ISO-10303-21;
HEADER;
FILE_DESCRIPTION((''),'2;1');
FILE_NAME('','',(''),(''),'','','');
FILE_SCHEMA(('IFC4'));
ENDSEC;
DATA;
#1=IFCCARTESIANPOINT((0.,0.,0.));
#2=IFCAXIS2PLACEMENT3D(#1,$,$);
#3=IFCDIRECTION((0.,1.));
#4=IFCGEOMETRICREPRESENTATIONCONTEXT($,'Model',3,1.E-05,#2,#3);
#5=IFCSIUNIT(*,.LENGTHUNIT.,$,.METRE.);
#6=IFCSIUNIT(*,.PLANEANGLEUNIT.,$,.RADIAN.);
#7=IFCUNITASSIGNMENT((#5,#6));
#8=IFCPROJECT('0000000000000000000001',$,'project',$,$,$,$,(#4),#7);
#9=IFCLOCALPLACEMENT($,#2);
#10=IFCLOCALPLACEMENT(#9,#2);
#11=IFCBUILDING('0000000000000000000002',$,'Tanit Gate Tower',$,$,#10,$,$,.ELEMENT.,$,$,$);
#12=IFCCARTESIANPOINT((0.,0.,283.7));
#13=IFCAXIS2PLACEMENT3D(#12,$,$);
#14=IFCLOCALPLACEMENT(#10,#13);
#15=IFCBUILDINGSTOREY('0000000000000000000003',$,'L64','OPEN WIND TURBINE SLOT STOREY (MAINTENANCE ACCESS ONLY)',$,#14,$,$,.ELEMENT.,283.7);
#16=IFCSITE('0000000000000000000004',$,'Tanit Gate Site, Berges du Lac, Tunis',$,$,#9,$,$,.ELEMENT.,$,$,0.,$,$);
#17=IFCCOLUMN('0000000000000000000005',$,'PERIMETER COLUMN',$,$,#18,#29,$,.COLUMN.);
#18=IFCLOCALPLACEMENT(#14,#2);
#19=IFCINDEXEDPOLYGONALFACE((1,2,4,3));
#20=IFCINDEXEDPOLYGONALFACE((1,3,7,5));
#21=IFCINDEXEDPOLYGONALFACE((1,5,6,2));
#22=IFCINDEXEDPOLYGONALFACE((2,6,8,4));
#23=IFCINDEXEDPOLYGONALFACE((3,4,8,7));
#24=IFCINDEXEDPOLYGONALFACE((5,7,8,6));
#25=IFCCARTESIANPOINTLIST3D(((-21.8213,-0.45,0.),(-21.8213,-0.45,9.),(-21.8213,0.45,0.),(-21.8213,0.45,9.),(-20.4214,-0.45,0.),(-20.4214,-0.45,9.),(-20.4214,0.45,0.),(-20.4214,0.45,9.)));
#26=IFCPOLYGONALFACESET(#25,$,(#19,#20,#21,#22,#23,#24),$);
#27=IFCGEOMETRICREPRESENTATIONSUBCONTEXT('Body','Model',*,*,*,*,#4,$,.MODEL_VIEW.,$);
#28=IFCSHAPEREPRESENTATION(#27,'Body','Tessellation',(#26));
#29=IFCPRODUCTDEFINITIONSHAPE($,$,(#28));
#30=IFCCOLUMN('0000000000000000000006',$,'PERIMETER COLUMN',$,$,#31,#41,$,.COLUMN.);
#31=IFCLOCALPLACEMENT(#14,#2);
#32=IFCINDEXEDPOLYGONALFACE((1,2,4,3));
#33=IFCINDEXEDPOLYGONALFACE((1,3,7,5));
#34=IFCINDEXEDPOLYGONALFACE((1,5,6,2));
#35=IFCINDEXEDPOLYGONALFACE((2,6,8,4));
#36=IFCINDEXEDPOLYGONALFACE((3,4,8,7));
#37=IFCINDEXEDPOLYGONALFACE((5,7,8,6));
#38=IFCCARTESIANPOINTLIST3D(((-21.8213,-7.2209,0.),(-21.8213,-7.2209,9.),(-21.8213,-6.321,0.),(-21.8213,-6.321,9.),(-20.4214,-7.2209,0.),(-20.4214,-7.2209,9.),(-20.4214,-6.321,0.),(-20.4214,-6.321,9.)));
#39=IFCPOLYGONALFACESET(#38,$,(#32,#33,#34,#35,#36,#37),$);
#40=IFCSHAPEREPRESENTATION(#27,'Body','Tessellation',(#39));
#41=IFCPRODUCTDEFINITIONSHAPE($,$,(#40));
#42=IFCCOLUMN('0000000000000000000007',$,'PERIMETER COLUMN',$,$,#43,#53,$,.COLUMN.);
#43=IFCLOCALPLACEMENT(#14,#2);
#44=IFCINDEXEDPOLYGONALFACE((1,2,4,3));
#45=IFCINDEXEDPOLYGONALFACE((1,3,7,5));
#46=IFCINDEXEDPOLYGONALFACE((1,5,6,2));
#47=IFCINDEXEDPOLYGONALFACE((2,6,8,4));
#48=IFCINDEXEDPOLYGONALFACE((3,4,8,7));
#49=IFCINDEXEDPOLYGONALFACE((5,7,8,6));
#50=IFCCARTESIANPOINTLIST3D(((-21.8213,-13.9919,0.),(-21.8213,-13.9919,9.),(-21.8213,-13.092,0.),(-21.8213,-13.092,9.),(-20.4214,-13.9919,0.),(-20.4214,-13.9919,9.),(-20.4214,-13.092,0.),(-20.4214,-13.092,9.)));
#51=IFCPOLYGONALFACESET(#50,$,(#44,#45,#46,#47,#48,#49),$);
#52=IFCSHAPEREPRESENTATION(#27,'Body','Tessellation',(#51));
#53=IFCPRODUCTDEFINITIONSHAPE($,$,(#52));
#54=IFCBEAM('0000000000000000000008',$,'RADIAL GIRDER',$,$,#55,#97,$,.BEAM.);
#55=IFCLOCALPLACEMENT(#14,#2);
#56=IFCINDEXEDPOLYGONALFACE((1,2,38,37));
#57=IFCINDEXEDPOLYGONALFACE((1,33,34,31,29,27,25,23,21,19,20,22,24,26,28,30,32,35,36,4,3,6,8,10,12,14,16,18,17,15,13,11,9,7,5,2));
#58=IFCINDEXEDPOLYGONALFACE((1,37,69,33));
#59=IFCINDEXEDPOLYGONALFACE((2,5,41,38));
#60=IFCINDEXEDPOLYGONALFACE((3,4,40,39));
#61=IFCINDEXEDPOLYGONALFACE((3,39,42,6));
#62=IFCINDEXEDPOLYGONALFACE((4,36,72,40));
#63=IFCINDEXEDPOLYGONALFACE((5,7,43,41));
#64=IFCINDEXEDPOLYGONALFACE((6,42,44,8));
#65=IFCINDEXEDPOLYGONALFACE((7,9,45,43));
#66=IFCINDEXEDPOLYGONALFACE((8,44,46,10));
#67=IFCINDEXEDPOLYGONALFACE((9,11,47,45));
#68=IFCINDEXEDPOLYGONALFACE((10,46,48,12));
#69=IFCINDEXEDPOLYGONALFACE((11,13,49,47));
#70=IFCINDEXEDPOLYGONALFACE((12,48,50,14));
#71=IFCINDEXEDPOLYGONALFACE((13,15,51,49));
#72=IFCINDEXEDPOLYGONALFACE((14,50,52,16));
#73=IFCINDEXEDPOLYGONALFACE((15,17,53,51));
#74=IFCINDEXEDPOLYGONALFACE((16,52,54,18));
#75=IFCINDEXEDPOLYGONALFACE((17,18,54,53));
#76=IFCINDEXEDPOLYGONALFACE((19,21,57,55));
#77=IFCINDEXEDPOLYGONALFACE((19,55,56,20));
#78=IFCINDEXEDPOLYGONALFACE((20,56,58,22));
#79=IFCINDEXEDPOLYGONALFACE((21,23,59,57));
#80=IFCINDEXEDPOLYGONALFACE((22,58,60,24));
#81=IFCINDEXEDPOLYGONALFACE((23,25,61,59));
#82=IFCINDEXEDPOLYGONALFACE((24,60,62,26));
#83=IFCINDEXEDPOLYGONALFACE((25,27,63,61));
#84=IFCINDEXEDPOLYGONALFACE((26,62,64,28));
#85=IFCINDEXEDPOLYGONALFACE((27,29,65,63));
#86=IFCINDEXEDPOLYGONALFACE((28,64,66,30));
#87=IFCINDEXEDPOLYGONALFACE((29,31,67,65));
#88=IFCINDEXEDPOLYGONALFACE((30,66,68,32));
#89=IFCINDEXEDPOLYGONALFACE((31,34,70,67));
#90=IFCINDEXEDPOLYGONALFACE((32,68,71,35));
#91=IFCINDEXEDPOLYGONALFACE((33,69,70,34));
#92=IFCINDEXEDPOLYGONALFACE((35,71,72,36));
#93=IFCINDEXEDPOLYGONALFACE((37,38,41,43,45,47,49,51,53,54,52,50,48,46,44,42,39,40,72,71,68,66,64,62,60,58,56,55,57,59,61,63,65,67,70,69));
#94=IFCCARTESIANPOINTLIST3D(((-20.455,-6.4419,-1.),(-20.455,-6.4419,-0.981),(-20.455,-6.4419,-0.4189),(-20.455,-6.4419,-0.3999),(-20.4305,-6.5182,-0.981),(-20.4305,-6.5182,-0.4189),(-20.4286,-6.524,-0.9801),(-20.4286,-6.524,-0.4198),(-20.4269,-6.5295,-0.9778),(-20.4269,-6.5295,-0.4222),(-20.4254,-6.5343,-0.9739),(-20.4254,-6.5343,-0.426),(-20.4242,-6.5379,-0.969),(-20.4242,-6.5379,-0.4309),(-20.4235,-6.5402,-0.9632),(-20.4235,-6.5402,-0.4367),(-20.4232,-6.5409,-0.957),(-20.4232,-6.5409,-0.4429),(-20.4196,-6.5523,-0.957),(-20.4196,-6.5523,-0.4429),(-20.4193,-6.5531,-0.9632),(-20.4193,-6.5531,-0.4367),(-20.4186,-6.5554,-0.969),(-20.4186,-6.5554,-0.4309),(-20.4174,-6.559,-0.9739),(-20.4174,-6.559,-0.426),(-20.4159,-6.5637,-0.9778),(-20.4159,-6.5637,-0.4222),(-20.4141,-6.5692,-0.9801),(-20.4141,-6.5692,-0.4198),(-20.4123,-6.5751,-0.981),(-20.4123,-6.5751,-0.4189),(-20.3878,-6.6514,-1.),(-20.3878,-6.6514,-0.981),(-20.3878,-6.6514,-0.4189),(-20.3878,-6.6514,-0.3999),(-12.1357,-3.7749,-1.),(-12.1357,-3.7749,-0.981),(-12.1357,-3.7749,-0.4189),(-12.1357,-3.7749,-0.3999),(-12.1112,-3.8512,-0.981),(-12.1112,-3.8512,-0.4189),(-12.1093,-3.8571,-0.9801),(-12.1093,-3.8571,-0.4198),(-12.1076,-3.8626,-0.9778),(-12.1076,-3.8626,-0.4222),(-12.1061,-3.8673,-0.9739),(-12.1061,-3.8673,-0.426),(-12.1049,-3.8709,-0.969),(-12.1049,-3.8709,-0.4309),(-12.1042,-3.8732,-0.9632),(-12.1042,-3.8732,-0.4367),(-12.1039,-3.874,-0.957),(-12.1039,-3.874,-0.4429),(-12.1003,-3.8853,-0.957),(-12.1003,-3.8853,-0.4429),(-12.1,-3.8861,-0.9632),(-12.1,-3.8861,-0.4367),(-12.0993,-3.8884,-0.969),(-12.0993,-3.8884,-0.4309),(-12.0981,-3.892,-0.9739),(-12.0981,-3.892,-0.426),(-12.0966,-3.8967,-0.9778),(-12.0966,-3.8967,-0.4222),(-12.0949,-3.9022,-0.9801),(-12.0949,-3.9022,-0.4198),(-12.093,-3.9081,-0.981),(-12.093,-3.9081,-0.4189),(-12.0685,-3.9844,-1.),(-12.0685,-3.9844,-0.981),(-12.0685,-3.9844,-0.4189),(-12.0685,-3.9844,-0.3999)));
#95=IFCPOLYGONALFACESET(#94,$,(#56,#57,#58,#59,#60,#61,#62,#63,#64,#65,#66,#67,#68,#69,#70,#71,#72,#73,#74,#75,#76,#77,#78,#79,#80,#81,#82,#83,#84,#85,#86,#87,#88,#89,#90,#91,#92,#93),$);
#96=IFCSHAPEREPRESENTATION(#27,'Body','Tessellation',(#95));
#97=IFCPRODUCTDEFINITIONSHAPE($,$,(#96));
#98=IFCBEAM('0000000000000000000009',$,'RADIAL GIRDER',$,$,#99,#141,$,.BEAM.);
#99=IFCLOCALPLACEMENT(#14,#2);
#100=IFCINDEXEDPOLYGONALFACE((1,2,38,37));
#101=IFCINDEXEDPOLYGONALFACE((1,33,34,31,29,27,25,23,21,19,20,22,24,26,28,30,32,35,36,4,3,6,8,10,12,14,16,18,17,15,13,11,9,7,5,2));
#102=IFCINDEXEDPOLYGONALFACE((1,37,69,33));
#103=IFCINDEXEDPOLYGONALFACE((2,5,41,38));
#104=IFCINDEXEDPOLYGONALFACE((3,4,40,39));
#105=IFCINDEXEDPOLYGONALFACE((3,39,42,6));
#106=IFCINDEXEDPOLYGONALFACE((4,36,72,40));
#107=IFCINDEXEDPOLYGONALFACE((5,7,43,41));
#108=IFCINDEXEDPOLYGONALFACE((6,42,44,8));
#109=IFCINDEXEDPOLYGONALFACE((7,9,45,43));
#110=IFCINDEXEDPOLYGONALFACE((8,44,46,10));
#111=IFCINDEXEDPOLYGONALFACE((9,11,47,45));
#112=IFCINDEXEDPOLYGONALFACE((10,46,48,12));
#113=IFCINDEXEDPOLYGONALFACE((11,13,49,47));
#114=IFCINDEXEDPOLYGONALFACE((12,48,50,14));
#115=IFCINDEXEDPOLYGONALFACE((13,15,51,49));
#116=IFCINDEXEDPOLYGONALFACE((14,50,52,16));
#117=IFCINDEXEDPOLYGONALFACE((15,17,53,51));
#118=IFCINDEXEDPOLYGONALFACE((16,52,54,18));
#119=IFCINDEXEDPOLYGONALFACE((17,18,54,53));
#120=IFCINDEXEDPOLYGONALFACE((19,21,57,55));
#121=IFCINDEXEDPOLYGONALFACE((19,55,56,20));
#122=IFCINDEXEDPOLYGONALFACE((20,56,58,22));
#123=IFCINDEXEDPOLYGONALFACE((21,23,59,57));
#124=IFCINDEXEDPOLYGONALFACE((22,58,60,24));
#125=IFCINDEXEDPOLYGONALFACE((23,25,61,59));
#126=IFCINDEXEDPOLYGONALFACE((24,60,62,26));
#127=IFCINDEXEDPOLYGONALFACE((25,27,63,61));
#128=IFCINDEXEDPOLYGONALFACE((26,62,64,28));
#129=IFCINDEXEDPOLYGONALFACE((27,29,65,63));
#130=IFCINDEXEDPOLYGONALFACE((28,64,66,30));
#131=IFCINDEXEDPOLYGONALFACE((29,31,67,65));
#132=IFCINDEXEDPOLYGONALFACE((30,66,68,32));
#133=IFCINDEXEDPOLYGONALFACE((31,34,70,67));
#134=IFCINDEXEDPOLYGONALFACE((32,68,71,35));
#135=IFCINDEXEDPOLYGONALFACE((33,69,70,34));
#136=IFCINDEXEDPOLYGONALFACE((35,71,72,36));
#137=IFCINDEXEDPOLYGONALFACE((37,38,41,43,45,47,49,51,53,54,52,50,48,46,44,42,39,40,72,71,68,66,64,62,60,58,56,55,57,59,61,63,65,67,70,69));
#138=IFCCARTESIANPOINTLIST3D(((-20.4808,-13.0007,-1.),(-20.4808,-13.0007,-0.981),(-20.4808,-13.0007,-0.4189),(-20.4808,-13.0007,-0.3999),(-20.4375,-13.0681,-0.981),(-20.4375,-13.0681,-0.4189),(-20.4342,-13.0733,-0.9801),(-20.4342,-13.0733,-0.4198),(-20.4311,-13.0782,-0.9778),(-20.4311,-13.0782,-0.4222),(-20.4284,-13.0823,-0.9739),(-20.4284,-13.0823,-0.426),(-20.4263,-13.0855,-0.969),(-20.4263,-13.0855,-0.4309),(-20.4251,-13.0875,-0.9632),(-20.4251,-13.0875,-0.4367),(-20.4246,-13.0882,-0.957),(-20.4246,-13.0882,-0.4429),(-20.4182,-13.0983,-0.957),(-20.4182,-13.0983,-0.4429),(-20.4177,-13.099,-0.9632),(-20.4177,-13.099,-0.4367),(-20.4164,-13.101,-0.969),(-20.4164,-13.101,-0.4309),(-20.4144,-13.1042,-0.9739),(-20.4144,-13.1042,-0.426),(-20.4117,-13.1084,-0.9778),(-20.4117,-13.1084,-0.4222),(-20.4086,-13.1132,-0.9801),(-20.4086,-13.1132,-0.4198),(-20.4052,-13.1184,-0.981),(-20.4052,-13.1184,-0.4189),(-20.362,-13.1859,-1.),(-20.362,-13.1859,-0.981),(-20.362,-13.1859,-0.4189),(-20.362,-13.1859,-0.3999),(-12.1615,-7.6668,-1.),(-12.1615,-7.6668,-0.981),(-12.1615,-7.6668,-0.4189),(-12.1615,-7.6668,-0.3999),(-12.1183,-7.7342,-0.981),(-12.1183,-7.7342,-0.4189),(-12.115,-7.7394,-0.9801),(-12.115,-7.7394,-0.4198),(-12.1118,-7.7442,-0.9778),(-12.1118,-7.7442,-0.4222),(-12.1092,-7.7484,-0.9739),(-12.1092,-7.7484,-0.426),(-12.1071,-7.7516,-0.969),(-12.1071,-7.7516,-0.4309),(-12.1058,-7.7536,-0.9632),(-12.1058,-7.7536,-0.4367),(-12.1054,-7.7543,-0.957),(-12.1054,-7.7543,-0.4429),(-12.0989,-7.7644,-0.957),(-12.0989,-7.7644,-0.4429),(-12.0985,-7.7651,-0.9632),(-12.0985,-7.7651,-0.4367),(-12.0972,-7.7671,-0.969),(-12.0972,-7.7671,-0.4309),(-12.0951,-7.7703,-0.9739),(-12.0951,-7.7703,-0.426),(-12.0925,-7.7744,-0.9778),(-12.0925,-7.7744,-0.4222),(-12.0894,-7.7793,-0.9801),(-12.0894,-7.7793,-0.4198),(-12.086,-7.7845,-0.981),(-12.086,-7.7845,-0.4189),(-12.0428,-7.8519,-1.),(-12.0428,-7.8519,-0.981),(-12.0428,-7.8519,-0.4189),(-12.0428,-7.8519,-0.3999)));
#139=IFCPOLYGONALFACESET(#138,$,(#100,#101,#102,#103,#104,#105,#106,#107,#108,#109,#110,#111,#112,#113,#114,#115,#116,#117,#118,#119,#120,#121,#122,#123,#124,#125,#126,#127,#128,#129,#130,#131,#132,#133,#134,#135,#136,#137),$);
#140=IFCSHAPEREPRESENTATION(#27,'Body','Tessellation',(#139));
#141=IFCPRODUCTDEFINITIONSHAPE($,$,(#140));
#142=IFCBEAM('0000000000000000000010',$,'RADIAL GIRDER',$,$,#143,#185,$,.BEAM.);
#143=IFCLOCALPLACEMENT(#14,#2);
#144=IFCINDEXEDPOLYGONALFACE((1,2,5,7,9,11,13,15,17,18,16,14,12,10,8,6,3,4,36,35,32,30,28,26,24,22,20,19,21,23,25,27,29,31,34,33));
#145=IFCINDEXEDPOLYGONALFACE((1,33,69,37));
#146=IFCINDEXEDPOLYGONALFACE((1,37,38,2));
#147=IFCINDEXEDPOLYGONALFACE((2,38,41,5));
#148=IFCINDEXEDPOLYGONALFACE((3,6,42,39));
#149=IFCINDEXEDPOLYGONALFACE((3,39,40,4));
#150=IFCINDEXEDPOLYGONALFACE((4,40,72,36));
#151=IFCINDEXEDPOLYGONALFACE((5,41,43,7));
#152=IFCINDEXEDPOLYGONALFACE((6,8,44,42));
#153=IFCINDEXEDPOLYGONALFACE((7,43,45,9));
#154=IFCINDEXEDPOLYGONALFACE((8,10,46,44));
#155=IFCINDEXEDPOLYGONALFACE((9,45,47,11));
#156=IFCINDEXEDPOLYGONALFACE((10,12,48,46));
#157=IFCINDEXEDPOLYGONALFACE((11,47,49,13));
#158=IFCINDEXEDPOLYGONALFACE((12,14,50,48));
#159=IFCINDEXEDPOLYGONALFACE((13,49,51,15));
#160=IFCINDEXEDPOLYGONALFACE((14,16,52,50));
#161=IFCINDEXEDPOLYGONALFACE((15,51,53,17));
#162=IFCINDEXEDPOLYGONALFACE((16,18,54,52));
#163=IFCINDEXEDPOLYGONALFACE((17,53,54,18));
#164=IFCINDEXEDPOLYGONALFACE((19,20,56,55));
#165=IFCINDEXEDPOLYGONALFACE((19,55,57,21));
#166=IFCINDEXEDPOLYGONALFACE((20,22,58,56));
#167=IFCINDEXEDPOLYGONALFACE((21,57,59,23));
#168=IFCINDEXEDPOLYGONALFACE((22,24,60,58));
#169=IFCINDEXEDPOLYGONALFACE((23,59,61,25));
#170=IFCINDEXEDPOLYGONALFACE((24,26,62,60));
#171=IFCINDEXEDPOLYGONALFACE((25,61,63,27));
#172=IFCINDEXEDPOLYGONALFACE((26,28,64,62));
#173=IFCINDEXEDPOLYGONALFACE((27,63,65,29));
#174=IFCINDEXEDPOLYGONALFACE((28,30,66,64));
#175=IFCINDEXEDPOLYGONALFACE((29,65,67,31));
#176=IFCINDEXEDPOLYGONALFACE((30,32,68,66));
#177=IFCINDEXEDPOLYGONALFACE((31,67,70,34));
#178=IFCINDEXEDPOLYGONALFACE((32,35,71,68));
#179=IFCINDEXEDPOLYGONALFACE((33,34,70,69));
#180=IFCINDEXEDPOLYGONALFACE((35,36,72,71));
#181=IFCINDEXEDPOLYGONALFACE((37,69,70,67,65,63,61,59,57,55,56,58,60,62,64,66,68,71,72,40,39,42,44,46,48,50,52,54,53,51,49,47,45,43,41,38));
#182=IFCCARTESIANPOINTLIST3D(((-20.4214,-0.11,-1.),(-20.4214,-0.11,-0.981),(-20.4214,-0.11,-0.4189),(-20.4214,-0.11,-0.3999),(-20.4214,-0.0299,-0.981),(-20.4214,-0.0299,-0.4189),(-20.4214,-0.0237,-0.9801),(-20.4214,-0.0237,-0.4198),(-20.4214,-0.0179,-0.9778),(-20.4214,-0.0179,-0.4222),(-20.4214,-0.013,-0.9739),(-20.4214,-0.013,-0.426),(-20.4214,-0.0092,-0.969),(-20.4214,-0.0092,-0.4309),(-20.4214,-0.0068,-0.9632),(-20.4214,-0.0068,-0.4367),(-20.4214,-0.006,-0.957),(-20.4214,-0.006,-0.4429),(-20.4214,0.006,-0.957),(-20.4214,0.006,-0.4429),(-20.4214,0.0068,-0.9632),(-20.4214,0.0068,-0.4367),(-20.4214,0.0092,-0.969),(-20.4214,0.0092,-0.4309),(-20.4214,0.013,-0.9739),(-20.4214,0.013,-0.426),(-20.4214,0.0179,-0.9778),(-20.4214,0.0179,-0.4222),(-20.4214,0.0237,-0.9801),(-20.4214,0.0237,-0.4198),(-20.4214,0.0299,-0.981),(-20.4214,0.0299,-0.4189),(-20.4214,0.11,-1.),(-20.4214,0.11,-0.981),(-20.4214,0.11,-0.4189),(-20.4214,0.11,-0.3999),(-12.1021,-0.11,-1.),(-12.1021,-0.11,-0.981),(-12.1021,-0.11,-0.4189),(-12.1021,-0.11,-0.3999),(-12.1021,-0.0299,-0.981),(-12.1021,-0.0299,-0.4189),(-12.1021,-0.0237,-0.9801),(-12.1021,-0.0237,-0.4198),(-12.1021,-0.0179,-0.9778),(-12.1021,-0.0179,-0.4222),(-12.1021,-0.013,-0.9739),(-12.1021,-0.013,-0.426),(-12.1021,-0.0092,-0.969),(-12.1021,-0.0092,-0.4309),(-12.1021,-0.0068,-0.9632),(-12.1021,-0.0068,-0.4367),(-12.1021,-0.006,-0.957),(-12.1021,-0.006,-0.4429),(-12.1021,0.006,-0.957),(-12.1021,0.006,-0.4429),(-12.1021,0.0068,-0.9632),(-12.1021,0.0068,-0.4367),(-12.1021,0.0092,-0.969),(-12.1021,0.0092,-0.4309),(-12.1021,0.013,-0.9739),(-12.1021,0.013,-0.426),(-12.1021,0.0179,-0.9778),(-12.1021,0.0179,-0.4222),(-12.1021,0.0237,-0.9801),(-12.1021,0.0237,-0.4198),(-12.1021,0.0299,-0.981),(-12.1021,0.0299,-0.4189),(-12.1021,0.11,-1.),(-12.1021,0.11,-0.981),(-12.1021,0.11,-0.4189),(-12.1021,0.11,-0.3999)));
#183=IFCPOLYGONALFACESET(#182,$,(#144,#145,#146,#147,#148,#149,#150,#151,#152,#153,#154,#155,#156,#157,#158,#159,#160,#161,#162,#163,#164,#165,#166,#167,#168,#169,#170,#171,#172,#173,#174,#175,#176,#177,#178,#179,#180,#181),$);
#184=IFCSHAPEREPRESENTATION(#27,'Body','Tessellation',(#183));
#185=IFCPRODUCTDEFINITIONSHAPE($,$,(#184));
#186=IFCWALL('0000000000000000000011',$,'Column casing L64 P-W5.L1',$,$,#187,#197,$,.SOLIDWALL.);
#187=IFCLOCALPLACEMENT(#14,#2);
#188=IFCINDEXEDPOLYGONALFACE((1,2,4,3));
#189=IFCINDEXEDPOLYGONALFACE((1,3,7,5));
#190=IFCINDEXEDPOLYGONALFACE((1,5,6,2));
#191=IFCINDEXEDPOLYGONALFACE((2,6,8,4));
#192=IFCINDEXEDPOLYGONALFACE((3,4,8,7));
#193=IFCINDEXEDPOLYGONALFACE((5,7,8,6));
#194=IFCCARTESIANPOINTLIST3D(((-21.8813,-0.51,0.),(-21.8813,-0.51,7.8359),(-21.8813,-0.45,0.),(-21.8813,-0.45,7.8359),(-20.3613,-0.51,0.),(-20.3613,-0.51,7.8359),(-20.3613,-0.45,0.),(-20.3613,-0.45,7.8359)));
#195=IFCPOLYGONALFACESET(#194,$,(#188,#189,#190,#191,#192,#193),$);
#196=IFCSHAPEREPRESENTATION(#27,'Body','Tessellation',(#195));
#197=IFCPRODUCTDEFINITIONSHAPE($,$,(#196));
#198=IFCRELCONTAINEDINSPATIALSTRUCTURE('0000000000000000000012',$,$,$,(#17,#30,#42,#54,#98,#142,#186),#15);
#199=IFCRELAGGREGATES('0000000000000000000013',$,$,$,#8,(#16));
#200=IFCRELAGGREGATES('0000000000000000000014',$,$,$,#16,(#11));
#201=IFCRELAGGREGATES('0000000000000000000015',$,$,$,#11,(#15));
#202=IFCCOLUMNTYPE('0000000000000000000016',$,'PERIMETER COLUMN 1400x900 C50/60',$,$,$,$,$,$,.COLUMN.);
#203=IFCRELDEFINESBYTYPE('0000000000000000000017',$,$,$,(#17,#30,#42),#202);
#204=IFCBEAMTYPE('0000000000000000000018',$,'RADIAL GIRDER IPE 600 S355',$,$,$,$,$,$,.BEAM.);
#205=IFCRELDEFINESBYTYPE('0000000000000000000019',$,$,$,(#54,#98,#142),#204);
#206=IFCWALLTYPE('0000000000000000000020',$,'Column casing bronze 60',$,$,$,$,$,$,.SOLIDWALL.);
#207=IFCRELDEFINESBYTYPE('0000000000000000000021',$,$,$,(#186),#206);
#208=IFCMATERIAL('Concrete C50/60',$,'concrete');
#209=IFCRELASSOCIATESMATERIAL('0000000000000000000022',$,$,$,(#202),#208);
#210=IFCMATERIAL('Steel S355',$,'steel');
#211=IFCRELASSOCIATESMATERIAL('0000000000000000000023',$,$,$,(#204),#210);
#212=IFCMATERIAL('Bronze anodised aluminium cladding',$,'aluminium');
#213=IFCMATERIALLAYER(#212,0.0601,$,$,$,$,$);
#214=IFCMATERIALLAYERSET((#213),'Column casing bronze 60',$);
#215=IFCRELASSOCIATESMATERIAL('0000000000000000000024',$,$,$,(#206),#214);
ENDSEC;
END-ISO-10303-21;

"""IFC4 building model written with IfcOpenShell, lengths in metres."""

from ifc_helpers import new_model, si_unit, direction, frame, frame_2d, origin, origin_2d, place, context, subcontext, project, spatial, rectangle, i_section, extrude, material, layer, layer_set, material_profile, profile_set, type_object, element, save


model = new_model("IFC4")

# Units and contexts
model_context = context("Model", 3, precision=1e-05, world=origin(), true_north=direction((0.0, 1.0)))
body_context = subcontext(model_context, "Body", "Model", "MODEL_VIEW")
ifc_project = project(units=[si_unit("LENGTHUNIT", "METRE"), si_unit("PLANEANGLEUNIT", "RADIAN")], contexts=[model_context])

# Site, building, storey
site_placement = place(None, origin())
site = spatial("IfcSite", under=ifc_project, at=site_placement, Name="Tanit Gate Site, Berges du Lac, Tunis", CompositionType="ELEMENT", RefElevation=0.0)
building_placement = place(site_placement, origin())
building = spatial("IfcBuilding", under=site, at=building_placement, Name="Tanit Gate Tower", CompositionType="ELEMENT")
storey_placement = place(building_placement, frame((0.0, 0.0, 283.7)))
storey = spatial("IfcBuildingStorey", under=building, at=storey_placement, Name="L64", Description="OPEN WIND TURBINE SLOT STOREY (MAINTENANCE ACCESS ONLY)", CompositionType="ELEMENT", Elevation=283.7)

# Columns
ifc_material_1 = material(Name="Concrete C50/60", Category="concrete")
ifc_material_profile_1 = material_profile(ifc_material_1, rectangle(XDim=1.3999, YDim=0.8999, at=origin_2d()), Name="RC 1400x900")
ifc_profile_set_1 = profile_set([ifc_material_profile_1], Name="Concrete C50/60")
column_type = type_object("IfcColumnType", Name="PERIMETER COLUMN 1400x900 C50/60", PredefinedType="COLUMN", material=ifc_profile_set_1)
for number, where, z_axis, x_axis, name in (
    (1, (-21.1213, 0.0, 0.0), (0.0, 0.0, 1.0), (-1.0, 0.0, 0.0), "PERIMETER COLUMN"),
    (2, (-21.1213, -6.771, 0.0), (0.0, 0.0, 1.0), (-1.0, 0.0, 0.0), "PERIMETER COLUMN"),
    (3, (-21.1213, -13.542, 0.0), (0.0, 0.0, 1.0), (-1.0, 0.0, 0.0), "PERIMETER COLUMN"),
):
    element("IfcColumn", number, at=place(storey_placement, frame(where, z_axis=z_axis, x_axis=x_axis)), inside=storey, type_object=column_type, Name=name, PredefinedType="COLUMN", context=body_context, shape_type="SweptSolid", body=[
        extrude(rectangle(XDim=1.3999, YDim=0.8999, at=origin_2d()), origin(), (0.0, 0.0, 1.0), 9.0),
    ])

# Beams
ifc_material_2 = material(Name="Steel S355", Category="steel")
ifc_material_profile_2 = material_profile(ifc_material_2, i_section(OverallWidth=0.22, OverallDepth=0.6001, WebThickness=0.012, FlangeThickness=0.019, FilletRadius=0.0239, at=origin_2d()), Name="IPE 600")
ifc_profile_set_2 = profile_set([ifc_material_profile_2], Name="Steel S355")
beam_type = type_object("IfcBeamType", Name="RADIAL GIRDER IPE 600 S355", PredefinedType="BEAM", material=ifc_profile_set_2)
beam_1_placement = place(storey_placement, frame((-20.4214, -6.5466, -0.7), z_axis=(0.952264, 0.305275, 0.0), x_axis=(-0.305275, 0.952264, 0.0)))
element("IfcBeam", 4, at=beam_1_placement, inside=storey, type_object=beam_type, Name="RADIAL GIRDER", PredefinedType="BEAM", context=body_context, shape_type="SweptSolid", body=[
    extrude(i_section(OverallWidth=0.22, OverallDepth=0.6001, WebThickness=0.012, FlangeThickness=0.019, FilletRadius=0.0239, at=origin_2d()), origin(), (0.0, 0.0, 1.0), 8.7363),
])
beam_2_placement = place(storey_placement, frame((-20.4214, -13.0933, -0.7), z_axis=(0.84183, 0.539743, 0.0), x_axis=(-0.539743, 0.84183, 0.0)))
element("IfcBeam", 5, at=beam_2_placement, inside=storey, type_object=beam_type, Name="RADIAL GIRDER", PredefinedType="BEAM", context=body_context, shape_type="SweptSolid", body=[
    extrude(i_section(OverallWidth=0.22, OverallDepth=0.6001, WebThickness=0.012, FlangeThickness=0.019, FilletRadius=0.0239, at=origin_2d()), origin(), (0.0, 0.0, 1.0), 9.8823),
])
beam_3_placement = place(storey_placement, frame((-20.4214, 0.0, -0.7), z_axis=(1.0, 0.0, 0.0), x_axis=(0.0, 1.0, 0.0)))
element("IfcBeam", 6, at=beam_3_placement, inside=storey, type_object=beam_type, Name="RADIAL GIRDER", PredefinedType="BEAM", context=body_context, shape_type="SweptSolid", body=[
    extrude(i_section(OverallWidth=0.22, OverallDepth=0.6001, WebThickness=0.012, FlangeThickness=0.019, FilletRadius=0.0239, at=origin_2d()), origin(), (0.0, 0.0, 1.0), 8.3193),
])

# Wall
ifc_material_3 = material(Name="Bronze anodised aluminium cladding", Category="aluminium")
ifc_layer_1 = layer(ifc_material_3, 0.0601)
ifc_layer_set_1 = layer_set([ifc_layer_1], Name="Column casing bronze 60")
wall_type_1 = type_object("IfcWallType", Name="Column casing bronze 60", PredefinedType="SOLIDWALL", material=ifc_layer_set_1)
for number, where, z_axis, x_axis, name in (
    (7, (-20.3613, -0.48, 0.0), (0.0, 0.0, 1.0), (-1.0, 0.0, 0.0), "Column casing L64 P-W5.L1"),
):
    element("IfcWall", number, at=place(storey_placement, frame(where, z_axis=z_axis, x_axis=x_axis)), inside=storey, type_object=wall_type_1, Name=name, PredefinedType="SOLIDWALL", context=body_context, shape_type="SweptSolid", body=[
        extrude(rectangle(XDim=1.52, YDim=0.0601, at=frame_2d((0.76, 0.0))), origin(), (0.0, 0.0, 1.0), 7.8359),
    ])

save(model, "model.ifc")
